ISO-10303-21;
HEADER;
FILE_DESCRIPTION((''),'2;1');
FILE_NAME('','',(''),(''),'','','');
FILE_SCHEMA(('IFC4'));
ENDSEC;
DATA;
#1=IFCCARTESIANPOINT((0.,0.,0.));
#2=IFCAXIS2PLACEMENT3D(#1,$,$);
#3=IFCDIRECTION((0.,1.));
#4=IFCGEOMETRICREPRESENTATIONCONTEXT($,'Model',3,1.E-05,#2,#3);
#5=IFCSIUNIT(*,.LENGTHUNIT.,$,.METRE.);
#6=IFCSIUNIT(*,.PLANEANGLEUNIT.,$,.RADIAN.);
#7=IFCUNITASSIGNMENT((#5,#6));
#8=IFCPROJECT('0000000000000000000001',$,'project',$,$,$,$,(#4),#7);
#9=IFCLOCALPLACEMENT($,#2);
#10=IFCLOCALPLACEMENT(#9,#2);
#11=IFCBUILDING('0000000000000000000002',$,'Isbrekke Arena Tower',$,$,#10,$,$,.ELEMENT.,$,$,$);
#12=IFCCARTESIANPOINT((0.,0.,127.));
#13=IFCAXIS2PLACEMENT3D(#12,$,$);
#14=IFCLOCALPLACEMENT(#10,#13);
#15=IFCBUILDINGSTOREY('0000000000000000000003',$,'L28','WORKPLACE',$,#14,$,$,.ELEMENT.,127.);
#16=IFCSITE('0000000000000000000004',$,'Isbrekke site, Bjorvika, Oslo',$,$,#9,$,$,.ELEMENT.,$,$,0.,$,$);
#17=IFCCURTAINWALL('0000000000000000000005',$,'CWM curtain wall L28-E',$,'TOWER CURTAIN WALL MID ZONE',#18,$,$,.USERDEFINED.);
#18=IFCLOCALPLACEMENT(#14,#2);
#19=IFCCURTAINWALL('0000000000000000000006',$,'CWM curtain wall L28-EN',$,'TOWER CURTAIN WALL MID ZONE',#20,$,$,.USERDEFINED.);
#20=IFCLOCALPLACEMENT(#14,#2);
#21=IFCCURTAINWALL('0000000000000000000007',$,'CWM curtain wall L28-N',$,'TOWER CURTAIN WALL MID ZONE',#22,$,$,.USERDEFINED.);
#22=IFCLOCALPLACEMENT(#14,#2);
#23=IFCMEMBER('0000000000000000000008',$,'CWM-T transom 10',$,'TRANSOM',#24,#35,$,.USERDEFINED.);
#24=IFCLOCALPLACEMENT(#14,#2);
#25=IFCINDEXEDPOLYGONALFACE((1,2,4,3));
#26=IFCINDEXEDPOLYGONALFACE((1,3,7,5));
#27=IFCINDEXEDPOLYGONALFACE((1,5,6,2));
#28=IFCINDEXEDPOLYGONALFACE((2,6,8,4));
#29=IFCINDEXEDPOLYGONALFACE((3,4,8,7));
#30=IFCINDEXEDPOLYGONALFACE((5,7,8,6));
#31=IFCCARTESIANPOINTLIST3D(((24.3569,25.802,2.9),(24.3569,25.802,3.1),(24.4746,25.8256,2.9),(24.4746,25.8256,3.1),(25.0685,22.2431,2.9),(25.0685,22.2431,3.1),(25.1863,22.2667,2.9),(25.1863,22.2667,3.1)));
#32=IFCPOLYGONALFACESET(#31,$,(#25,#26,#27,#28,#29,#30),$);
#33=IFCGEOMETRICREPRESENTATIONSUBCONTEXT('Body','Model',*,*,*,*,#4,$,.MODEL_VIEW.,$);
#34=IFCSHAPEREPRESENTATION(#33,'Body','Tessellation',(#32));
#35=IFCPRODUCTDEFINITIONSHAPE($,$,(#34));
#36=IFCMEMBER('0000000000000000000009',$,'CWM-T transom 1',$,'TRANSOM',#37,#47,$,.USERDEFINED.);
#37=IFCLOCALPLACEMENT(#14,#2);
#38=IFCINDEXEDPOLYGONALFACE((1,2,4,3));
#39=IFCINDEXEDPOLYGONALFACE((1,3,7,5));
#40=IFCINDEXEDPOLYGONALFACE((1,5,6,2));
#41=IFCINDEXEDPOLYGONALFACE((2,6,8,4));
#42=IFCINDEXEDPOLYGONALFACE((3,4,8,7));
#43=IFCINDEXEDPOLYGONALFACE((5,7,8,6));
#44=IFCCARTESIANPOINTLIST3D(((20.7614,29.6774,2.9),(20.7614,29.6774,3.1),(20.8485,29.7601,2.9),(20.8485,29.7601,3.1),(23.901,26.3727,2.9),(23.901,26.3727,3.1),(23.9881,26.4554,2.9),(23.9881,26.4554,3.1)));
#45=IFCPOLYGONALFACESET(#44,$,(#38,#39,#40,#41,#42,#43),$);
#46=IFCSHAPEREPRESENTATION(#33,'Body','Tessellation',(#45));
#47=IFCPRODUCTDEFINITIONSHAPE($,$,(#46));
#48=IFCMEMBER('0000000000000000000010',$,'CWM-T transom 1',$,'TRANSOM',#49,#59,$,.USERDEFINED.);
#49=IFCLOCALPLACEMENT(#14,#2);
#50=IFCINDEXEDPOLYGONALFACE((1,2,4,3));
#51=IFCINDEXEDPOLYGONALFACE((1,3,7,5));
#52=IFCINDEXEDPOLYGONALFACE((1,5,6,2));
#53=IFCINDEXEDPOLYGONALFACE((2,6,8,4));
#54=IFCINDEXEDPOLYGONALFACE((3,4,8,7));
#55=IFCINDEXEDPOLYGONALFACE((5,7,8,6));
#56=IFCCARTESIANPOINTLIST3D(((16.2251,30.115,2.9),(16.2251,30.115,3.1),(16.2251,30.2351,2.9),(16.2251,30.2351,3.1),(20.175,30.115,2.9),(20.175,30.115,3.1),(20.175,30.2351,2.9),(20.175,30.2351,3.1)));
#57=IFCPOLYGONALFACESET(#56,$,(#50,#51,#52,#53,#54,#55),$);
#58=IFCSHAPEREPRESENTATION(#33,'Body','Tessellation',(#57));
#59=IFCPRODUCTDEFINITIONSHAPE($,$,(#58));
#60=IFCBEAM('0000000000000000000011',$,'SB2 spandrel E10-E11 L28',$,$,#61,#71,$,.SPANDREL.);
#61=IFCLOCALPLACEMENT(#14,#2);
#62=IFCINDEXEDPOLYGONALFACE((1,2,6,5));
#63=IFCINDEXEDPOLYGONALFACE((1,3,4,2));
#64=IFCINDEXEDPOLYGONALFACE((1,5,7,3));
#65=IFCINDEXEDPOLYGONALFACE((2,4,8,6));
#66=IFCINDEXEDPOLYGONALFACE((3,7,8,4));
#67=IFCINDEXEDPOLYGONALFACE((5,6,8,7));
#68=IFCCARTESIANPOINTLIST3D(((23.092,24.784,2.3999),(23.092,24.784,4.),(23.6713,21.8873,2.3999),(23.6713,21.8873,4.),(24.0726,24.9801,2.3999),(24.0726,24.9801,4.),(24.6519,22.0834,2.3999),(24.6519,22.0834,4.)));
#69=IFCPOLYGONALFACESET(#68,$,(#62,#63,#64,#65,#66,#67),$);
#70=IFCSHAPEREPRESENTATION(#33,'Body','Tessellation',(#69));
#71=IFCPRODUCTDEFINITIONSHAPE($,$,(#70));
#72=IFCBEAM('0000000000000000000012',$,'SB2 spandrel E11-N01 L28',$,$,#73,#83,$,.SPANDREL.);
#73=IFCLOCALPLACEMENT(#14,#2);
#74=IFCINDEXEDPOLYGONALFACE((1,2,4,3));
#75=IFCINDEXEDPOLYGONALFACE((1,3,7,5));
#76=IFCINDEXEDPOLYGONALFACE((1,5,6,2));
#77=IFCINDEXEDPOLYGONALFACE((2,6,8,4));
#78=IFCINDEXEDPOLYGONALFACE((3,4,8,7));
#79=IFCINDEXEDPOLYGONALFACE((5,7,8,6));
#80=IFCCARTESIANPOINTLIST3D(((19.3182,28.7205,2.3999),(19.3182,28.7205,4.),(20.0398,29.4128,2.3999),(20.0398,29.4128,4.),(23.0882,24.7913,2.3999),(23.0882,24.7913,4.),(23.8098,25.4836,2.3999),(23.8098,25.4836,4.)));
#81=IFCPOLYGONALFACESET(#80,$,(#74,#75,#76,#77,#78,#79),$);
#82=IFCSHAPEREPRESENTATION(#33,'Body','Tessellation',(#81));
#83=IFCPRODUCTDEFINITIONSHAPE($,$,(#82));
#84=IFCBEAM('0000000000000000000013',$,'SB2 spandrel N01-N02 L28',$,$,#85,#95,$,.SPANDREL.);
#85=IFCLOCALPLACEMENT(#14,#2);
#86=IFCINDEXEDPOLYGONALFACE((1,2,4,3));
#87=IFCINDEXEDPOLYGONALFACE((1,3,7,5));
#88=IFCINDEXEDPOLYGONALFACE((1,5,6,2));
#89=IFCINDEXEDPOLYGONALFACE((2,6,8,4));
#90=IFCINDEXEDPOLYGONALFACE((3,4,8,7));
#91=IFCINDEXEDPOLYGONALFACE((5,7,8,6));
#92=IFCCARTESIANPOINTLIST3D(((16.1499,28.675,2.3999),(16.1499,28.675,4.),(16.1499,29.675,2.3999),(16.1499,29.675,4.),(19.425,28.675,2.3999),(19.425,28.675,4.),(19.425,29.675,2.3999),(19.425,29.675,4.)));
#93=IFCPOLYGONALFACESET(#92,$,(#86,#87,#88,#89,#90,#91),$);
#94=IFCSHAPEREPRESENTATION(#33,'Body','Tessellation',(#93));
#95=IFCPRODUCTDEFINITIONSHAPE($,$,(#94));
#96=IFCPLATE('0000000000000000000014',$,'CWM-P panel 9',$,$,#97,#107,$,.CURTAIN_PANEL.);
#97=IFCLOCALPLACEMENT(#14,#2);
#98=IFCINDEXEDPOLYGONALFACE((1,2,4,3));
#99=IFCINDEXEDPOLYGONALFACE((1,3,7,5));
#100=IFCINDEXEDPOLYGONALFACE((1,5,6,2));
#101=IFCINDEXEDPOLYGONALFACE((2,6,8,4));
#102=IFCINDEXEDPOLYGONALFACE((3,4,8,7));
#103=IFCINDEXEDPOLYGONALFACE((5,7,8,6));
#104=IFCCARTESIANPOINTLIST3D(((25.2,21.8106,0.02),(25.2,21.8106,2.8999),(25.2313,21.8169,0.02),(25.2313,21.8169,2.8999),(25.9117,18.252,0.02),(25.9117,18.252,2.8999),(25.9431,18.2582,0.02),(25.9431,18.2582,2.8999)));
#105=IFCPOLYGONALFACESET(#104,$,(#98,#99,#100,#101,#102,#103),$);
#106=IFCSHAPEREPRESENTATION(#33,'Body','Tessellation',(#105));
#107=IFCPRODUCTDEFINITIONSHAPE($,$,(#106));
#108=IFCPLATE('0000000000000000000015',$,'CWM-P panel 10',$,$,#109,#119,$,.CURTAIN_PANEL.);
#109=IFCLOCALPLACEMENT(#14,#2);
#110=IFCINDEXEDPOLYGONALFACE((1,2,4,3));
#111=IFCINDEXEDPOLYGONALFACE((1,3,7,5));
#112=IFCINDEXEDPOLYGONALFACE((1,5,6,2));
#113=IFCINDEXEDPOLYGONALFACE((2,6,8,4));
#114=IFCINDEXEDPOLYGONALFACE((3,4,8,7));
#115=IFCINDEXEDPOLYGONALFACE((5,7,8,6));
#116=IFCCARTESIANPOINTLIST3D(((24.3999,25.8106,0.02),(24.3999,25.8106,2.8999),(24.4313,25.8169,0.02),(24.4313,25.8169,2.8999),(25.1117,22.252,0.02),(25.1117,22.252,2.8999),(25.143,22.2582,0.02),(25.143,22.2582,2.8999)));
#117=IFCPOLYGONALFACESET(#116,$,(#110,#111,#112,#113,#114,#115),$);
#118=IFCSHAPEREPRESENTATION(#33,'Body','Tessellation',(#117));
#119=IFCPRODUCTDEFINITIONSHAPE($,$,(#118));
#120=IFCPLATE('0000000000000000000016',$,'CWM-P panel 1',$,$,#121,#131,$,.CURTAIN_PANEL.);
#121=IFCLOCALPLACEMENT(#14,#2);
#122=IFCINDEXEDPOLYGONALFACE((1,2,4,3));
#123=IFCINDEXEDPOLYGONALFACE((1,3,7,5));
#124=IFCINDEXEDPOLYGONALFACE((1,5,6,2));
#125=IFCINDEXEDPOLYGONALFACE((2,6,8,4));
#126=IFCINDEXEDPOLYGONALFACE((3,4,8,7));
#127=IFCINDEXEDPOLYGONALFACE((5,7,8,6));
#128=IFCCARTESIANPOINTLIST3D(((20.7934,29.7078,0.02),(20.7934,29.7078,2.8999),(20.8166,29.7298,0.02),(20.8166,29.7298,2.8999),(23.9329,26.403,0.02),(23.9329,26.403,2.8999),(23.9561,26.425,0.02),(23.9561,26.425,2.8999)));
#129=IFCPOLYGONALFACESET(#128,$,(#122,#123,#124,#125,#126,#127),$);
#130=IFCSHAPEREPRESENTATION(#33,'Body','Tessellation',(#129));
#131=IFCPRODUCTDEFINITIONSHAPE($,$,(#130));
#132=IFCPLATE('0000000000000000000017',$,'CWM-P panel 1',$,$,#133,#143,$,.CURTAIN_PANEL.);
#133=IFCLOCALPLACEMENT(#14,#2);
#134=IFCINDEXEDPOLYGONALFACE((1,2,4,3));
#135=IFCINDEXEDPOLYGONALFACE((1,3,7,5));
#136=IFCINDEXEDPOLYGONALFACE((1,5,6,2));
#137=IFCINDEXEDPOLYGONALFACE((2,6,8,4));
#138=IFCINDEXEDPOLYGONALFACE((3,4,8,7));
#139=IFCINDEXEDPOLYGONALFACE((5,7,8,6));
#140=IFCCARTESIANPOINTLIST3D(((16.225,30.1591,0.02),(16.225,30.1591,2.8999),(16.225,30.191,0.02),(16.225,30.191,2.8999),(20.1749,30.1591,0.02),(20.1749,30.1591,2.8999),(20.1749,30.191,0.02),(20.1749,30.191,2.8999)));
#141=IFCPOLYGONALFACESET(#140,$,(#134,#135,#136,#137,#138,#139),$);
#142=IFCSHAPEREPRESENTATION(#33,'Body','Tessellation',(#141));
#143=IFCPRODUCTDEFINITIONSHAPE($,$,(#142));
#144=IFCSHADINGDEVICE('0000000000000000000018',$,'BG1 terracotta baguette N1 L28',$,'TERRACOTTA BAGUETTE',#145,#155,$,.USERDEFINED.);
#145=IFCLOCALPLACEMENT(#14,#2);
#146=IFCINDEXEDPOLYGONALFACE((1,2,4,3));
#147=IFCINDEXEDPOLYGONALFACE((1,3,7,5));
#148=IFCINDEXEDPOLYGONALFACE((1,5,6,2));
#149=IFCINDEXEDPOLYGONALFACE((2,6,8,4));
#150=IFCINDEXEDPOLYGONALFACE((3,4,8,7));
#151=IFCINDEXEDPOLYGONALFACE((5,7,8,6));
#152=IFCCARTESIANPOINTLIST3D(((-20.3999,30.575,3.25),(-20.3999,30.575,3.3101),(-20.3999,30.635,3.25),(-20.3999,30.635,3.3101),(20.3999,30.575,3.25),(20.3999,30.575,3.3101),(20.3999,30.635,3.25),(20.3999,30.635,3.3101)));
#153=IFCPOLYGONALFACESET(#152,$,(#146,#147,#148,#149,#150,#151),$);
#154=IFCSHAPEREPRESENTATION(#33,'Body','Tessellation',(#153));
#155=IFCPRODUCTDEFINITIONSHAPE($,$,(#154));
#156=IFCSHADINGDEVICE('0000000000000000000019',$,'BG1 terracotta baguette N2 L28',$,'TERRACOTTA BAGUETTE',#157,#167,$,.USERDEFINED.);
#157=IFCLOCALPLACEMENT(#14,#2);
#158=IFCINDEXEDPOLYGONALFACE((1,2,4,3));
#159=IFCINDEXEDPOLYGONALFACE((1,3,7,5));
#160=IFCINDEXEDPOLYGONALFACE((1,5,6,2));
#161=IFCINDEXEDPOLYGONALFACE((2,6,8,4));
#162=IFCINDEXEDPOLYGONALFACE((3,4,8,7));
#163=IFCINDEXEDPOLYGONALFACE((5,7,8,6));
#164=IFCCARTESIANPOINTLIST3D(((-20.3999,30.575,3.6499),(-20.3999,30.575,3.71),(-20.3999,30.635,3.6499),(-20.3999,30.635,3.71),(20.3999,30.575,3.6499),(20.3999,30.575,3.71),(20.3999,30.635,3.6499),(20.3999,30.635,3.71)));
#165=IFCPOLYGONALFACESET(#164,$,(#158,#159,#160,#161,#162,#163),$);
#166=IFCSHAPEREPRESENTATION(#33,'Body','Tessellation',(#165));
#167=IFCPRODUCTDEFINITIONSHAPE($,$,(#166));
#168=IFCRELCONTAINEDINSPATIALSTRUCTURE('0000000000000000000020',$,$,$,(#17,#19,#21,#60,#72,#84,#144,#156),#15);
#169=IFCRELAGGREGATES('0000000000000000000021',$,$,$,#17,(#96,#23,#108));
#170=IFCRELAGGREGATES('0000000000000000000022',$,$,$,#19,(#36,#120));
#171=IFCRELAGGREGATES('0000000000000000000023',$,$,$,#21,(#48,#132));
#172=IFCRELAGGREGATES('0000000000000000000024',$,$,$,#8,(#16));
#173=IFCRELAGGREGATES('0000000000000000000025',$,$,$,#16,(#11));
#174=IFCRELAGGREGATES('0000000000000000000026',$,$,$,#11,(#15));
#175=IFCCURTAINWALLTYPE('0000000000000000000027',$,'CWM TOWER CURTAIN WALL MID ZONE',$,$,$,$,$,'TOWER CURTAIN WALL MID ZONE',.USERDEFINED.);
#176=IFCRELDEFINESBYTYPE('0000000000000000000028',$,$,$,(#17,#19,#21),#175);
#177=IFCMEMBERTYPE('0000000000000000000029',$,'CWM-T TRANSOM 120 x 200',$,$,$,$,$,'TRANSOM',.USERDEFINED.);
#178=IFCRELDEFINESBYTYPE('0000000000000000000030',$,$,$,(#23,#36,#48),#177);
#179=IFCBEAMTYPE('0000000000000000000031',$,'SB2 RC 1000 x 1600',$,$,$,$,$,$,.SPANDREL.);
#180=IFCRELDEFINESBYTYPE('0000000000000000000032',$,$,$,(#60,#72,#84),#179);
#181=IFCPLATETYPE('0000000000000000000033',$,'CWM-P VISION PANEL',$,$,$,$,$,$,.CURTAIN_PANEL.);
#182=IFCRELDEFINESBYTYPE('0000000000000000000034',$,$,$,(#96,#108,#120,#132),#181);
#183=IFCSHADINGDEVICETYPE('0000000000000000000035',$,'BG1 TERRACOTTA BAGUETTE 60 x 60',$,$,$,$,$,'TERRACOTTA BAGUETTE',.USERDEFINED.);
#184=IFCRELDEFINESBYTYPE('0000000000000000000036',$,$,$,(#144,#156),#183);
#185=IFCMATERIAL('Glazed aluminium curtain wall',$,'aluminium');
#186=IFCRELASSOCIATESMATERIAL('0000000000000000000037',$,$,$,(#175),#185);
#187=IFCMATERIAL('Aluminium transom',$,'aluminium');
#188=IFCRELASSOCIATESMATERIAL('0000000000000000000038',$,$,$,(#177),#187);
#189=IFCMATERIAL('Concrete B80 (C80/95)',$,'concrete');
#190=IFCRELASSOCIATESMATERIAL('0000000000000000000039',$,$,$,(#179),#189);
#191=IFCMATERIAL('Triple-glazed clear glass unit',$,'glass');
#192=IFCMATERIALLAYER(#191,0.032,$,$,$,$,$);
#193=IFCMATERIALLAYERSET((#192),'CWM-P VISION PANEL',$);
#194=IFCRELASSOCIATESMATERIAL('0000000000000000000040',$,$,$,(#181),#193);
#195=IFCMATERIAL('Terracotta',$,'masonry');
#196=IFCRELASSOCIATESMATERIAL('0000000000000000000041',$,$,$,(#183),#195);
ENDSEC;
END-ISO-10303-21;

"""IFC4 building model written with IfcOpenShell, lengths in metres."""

from ifc_helpers import new_model, si_unit, direction, frame, origin, origin_2d, place, context, subcontext, project, spatial, rectangle, extrude, material, layer, layer_set, material_profile, profile_set, type_object, element, aggregate, save


model = new_model("IFC4")

# Units and contexts
model_context = context("Model", 3, precision=1e-05, world=origin(), true_north=direction((0.0, 1.0)))
body_context = subcontext(model_context, "Body", "Model", "MODEL_VIEW")
ifc_project = project(units=[si_unit("LENGTHUNIT", "METRE"), si_unit("PLANEANGLEUNIT", "RADIAN")], contexts=[model_context])

# Site, building, storey
site_placement = place(None, origin())
site = spatial("IfcSite", under=ifc_project, at=site_placement, Name="Isbrekke site, Bjorvika, Oslo", CompositionType="ELEMENT", RefElevation=0.0)
building_placement = place(site_placement, origin())
building = spatial("IfcBuilding", under=site, at=building_placement, Name="Isbrekke Arena Tower", CompositionType="ELEMENT")
storey_placement = place(building_placement, frame((0.0, 0.0, 127.0)))
storey = spatial("IfcBuildingStorey", under=building, at=storey_placement, Name="L28", Description="WORKPLACE", CompositionType="ELEMENT", Elevation=127.0)

# Curtain walls
ifc_material_1 = material(Name="Glazed aluminium curtain wall", Category="aluminium")
curtain_wall_type = type_object("IfcCurtainWallType", Name="CWM TOWER CURTAIN WALL MID ZONE", ElementType="TOWER CURTAIN WALL MID ZONE", PredefinedType="USERDEFINED", material=ifc_material_1)
curtain_wall_1_placement = place(storey_placement, origin())
curtain_wall_1 = element("IfcCurtainWall", 1, at=curtain_wall_1_placement, inside=storey, type_object=curtain_wall_type, Name="CWM curtain wall L28-E", ObjectType="TOWER CURTAIN WALL MID ZONE", PredefinedType="USERDEFINED")
curtain_wall_2_placement = place(storey_placement, origin())
curtain_wall_2 = element("IfcCurtainWall", 2, at=curtain_wall_2_placement, inside=storey, type_object=curtain_wall_type, Name="CWM curtain wall L28-EN", ObjectType="TOWER CURTAIN WALL MID ZONE", PredefinedType="USERDEFINED")
curtain_wall_3_placement = place(storey_placement, origin())
curtain_wall_3 = element("IfcCurtainWall", 3, at=curtain_wall_3_placement, inside=storey, type_object=curtain_wall_type, Name="CWM curtain wall L28-N", ObjectType="TOWER CURTAIN WALL MID ZONE", PredefinedType="USERDEFINED")

# Members
ifc_material_2 = material(Name="Aluminium transom", Category="aluminium")
ifc_material_profile_1 = material_profile(ifc_material_2, rectangle(XDim=0.1201, YDim=0.2, at=origin_2d()), Name="TRANSOM 120X200")
ifc_profile_set_1 = profile_set([ifc_material_profile_1], Name="Aluminium transom")
member_type_1 = type_object("IfcMemberType", Name="CWM-T TRANSOM 120 x 200", ElementType="TRANSOM", PredefinedType="USERDEFINED", material=ifc_profile_set_1)
member_1_placement = place(storey_placement, frame((25.1274, 22.2549, 3.0), z_axis=(-0.19609, 0.980586, 0.0), x_axis=(-0.980586, -0.19609, 0.0)))
member_1 = element("IfcMember", 4, at=member_1_placement, type_object=member_type_1, Name="CWM-T transom 10", ObjectType="TRANSOM", PredefinedType="USERDEFINED", context=body_context, shape_type="SweptSolid", body=[
    extrude(rectangle(XDim=0.1201, YDim=0.2, at=origin_2d()), origin(), (0.0, 0.0, 1.0), 3.6294),
])
member_2_placement = place(storey_placement, frame((23.9446, 26.4141, 3.0), z_axis=(-0.688772, 0.724978, 0.0), x_axis=(-0.724978, -0.688772, 0.0)))
member_2 = element("IfcMember", 5, at=member_2_placement, type_object=member_type_1, Name="CWM-T transom 1", ObjectType="TRANSOM", PredefinedType="USERDEFINED", context=body_context, shape_type="SweptSolid", body=[
    extrude(rectangle(XDim=0.1201, YDim=0.2, at=origin_2d()), origin(), (0.0, 0.0, 1.0), 4.5583),
])
member_3_placement = place(storey_placement, frame((20.175, 30.175, 3.0), z_axis=(-1.0, 0.0, 0.0), x_axis=(0.0, -1.0, 0.0)))
member_3 = element("IfcMember", 6, at=member_3_placement, type_object=member_type_1, Name="CWM-T transom 1", ObjectType="TRANSOM", PredefinedType="USERDEFINED", context=body_context, shape_type="SweptSolid", body=[
    extrude(rectangle(XDim=0.1201, YDim=0.2, at=origin_2d()), origin(), (0.0, 0.0, 1.0), 3.95),
])

# Beams
ifc_material_3 = material(Name="Concrete B80 (C80/95)", Category="concrete")
ifc_material_profile_2 = material_profile(ifc_material_3, rectangle(XDim=1.0, YDim=1.6001, at=origin_2d()), Name="RC 1000x1600")
ifc_profile_set_2 = profile_set([ifc_material_profile_2], Name="Concrete B80 (C80/95)")
beam_type_1 = type_object("IfcBeamType", Name="SB2 RC 1000 x 1600", PredefinedType="SPANDREL", material=ifc_profile_set_2)
beam_1_placement = place(storey_placement, frame((24.1616, 21.9854, 3.2), z_axis=(-0.196116, 0.980581, 0.0), x_axis=(-0.980581, -0.196116, 0.0)))
element("IfcBeam", 7, at=beam_1_placement, inside=storey, type_object=beam_type_1, Name="SB2 spandrel E10-E11 L28", PredefinedType="SPANDREL", context=body_context, shape_type="SweptSolid", body=[
    extrude(rectangle(XDim=1.0, YDim=1.6001, at=origin_2d()), origin(), (0.0, 0.0, 1.0), 2.9541),
])
beam_2_placement = place(storey_placement, frame((23.449, 25.1375, 3.2), z_axis=(-0.69234, 0.721572, 0.0), x_axis=(-0.721572, -0.69234, 0.0)))
element("IfcBeam", 8, at=beam_2_placement, inside=storey, type_object=beam_type_1, Name="SB2 spandrel E11-N01 L28", PredefinedType="SPANDREL", context=body_context, shape_type="SweptSolid", body=[
    extrude(rectangle(XDim=1.0, YDim=1.6001, at=origin_2d()), origin(), (0.0, 0.0, 1.0), 5.4453),
])
beam_3_placement = place(storey_placement, frame((19.425, 29.175, 3.2), z_axis=(-1.0, 0.0, 0.0), x_axis=(0.0, -1.0, 0.0)))
element("IfcBeam", 9, at=beam_3_placement, inside=storey, type_object=beam_type_1, Name="SB2 spandrel N01-N02 L28", PredefinedType="SPANDREL", context=body_context, shape_type="SweptSolid", body=[
    extrude(rectangle(XDim=1.0, YDim=1.6001, at=origin_2d()), origin(), (0.0, 0.0, 1.0), 3.2751),
])

# Plates
ifc_material_4 = material(Name="Triple-glazed clear glass unit", Category="glass")
ifc_layer = layer(ifc_material_4, 0.032)
ifc_layer_set = layer_set([ifc_layer], Name="CWM-P VISION PANEL")
plate_type = type_object("IfcPlateType", Name="CWM-P VISION PANEL", PredefinedType="CURTAIN_PANEL", material=ifc_layer_set)
plate_1_placement = place(storey_placement, frame((25.5715, 20.0344, 0.02), z_axis=(0.0, 0.0, 1.0), x_axis=(-0.196116, 0.980581, 0.0)))
plate_1 = element("IfcPlate", 10, at=plate_1_placement, type_object=plate_type, Name="CWM-P panel 9", PredefinedType="CURTAIN_PANEL", context=body_context, shape_type="SweptSolid", body=[
    extrude(rectangle(XDim=3.6292, YDim=0.032, at=origin_2d()), origin(), (0.0, 0.0, 1.0), 2.8799),
])
plate_2_placement = place(storey_placement, frame((24.7715, 24.0344, 0.02), z_axis=(0.0, 0.0, 1.0), x_axis=(-0.196116, 0.980581, 0.0)))
plate_2 = element("IfcPlate", 11, at=plate_2_placement, type_object=plate_type, Name="CWM-P panel 10", PredefinedType="CURTAIN_PANEL", context=body_context, shape_type="SweptSolid", body=[
    extrude(rectangle(XDim=3.6292, YDim=0.032, at=origin_2d()), origin(), (0.0, 0.0, 1.0), 2.8799),
])
aggregate(curtain_wall_1, [plate_1, member_1, plate_2])
plate_3_placement = place(storey_placement, frame((22.3748, 28.0664, 0.02), z_axis=(0.0, 0.0, 1.0), x_axis=(-0.688749, 0.724999, 0.0)))
plate_3 = element("IfcPlate", 12, at=plate_3_placement, type_object=plate_type, Name="CWM-P panel 1", PredefinedType="CURTAIN_PANEL", context=body_context, shape_type="SweptSolid", body=[
    extrude(rectangle(XDim=4.5583, YDim=0.032, at=origin_2d()), origin(), (0.0, 0.0, 1.0), 2.8799),
])
aggregate(curtain_wall_2, [member_2, plate_3])
plate_4_placement = place(storey_placement, frame((18.2, 30.175, 0.02), z_axis=(0.0, 0.0, 1.0), x_axis=(-1.0, 0.0, 0.0)))
plate_4 = element("IfcPlate", 13, at=plate_4_placement, type_object=plate_type, Name="CWM-P panel 1", PredefinedType="CURTAIN_PANEL", context=body_context, shape_type="SweptSolid", body=[
    extrude(rectangle(XDim=3.95, YDim=0.032, at=origin_2d()), origin(), (0.0, 0.0, 1.0), 2.8799),
])
aggregate(curtain_wall_3, [member_3, plate_4])

# Shading devices
ifc_material_5 = material(Name="Terracotta", Category="masonry")
ifc_material_profile_3 = material_profile(ifc_material_5, rectangle(XDim=0.0601, YDim=0.0601, at=origin_2d()), Name="BAGUETTE 60X60")
ifc_profile_set_3 = profile_set([ifc_material_profile_3], Name="Terracotta")
shading_device_type = type_object("IfcShadingDeviceType", Name="BG1 TERRACOTTA BAGUETTE 60 x 60", ElementType="TERRACOTTA BAGUETTE", PredefinedType="USERDEFINED", material=ifc_profile_set_3)
for number, where, z_axis, x_axis, name in (
    (14, (20.3999, 30.605, 3.28), (-1.0, 0.0, 0.0), (0.0, -1.0, 0.0), "BG1 terracotta baguette N1 L28"),
    (15, (20.3999, 30.605, 3.6799), (-1.0, 0.0, 0.0), (0.0, -1.0, 0.0), "BG1 terracotta baguette N2 L28"),
):
    element("IfcShadingDevice", number, at=place(storey_placement, frame(where, z_axis=z_axis, x_axis=x_axis)), inside=storey, type_object=shading_device_type, Name=name, ObjectType="TERRACOTTA BAGUETTE", PredefinedType="USERDEFINED", context=body_context, shape_type="SweptSolid", body=[
        extrude(rectangle(XDim=0.0601, YDim=0.0601, at=origin_2d()), origin(), (0.0, 0.0, 1.0), 40.7998),
    ])

save(model, "model.ifc")
